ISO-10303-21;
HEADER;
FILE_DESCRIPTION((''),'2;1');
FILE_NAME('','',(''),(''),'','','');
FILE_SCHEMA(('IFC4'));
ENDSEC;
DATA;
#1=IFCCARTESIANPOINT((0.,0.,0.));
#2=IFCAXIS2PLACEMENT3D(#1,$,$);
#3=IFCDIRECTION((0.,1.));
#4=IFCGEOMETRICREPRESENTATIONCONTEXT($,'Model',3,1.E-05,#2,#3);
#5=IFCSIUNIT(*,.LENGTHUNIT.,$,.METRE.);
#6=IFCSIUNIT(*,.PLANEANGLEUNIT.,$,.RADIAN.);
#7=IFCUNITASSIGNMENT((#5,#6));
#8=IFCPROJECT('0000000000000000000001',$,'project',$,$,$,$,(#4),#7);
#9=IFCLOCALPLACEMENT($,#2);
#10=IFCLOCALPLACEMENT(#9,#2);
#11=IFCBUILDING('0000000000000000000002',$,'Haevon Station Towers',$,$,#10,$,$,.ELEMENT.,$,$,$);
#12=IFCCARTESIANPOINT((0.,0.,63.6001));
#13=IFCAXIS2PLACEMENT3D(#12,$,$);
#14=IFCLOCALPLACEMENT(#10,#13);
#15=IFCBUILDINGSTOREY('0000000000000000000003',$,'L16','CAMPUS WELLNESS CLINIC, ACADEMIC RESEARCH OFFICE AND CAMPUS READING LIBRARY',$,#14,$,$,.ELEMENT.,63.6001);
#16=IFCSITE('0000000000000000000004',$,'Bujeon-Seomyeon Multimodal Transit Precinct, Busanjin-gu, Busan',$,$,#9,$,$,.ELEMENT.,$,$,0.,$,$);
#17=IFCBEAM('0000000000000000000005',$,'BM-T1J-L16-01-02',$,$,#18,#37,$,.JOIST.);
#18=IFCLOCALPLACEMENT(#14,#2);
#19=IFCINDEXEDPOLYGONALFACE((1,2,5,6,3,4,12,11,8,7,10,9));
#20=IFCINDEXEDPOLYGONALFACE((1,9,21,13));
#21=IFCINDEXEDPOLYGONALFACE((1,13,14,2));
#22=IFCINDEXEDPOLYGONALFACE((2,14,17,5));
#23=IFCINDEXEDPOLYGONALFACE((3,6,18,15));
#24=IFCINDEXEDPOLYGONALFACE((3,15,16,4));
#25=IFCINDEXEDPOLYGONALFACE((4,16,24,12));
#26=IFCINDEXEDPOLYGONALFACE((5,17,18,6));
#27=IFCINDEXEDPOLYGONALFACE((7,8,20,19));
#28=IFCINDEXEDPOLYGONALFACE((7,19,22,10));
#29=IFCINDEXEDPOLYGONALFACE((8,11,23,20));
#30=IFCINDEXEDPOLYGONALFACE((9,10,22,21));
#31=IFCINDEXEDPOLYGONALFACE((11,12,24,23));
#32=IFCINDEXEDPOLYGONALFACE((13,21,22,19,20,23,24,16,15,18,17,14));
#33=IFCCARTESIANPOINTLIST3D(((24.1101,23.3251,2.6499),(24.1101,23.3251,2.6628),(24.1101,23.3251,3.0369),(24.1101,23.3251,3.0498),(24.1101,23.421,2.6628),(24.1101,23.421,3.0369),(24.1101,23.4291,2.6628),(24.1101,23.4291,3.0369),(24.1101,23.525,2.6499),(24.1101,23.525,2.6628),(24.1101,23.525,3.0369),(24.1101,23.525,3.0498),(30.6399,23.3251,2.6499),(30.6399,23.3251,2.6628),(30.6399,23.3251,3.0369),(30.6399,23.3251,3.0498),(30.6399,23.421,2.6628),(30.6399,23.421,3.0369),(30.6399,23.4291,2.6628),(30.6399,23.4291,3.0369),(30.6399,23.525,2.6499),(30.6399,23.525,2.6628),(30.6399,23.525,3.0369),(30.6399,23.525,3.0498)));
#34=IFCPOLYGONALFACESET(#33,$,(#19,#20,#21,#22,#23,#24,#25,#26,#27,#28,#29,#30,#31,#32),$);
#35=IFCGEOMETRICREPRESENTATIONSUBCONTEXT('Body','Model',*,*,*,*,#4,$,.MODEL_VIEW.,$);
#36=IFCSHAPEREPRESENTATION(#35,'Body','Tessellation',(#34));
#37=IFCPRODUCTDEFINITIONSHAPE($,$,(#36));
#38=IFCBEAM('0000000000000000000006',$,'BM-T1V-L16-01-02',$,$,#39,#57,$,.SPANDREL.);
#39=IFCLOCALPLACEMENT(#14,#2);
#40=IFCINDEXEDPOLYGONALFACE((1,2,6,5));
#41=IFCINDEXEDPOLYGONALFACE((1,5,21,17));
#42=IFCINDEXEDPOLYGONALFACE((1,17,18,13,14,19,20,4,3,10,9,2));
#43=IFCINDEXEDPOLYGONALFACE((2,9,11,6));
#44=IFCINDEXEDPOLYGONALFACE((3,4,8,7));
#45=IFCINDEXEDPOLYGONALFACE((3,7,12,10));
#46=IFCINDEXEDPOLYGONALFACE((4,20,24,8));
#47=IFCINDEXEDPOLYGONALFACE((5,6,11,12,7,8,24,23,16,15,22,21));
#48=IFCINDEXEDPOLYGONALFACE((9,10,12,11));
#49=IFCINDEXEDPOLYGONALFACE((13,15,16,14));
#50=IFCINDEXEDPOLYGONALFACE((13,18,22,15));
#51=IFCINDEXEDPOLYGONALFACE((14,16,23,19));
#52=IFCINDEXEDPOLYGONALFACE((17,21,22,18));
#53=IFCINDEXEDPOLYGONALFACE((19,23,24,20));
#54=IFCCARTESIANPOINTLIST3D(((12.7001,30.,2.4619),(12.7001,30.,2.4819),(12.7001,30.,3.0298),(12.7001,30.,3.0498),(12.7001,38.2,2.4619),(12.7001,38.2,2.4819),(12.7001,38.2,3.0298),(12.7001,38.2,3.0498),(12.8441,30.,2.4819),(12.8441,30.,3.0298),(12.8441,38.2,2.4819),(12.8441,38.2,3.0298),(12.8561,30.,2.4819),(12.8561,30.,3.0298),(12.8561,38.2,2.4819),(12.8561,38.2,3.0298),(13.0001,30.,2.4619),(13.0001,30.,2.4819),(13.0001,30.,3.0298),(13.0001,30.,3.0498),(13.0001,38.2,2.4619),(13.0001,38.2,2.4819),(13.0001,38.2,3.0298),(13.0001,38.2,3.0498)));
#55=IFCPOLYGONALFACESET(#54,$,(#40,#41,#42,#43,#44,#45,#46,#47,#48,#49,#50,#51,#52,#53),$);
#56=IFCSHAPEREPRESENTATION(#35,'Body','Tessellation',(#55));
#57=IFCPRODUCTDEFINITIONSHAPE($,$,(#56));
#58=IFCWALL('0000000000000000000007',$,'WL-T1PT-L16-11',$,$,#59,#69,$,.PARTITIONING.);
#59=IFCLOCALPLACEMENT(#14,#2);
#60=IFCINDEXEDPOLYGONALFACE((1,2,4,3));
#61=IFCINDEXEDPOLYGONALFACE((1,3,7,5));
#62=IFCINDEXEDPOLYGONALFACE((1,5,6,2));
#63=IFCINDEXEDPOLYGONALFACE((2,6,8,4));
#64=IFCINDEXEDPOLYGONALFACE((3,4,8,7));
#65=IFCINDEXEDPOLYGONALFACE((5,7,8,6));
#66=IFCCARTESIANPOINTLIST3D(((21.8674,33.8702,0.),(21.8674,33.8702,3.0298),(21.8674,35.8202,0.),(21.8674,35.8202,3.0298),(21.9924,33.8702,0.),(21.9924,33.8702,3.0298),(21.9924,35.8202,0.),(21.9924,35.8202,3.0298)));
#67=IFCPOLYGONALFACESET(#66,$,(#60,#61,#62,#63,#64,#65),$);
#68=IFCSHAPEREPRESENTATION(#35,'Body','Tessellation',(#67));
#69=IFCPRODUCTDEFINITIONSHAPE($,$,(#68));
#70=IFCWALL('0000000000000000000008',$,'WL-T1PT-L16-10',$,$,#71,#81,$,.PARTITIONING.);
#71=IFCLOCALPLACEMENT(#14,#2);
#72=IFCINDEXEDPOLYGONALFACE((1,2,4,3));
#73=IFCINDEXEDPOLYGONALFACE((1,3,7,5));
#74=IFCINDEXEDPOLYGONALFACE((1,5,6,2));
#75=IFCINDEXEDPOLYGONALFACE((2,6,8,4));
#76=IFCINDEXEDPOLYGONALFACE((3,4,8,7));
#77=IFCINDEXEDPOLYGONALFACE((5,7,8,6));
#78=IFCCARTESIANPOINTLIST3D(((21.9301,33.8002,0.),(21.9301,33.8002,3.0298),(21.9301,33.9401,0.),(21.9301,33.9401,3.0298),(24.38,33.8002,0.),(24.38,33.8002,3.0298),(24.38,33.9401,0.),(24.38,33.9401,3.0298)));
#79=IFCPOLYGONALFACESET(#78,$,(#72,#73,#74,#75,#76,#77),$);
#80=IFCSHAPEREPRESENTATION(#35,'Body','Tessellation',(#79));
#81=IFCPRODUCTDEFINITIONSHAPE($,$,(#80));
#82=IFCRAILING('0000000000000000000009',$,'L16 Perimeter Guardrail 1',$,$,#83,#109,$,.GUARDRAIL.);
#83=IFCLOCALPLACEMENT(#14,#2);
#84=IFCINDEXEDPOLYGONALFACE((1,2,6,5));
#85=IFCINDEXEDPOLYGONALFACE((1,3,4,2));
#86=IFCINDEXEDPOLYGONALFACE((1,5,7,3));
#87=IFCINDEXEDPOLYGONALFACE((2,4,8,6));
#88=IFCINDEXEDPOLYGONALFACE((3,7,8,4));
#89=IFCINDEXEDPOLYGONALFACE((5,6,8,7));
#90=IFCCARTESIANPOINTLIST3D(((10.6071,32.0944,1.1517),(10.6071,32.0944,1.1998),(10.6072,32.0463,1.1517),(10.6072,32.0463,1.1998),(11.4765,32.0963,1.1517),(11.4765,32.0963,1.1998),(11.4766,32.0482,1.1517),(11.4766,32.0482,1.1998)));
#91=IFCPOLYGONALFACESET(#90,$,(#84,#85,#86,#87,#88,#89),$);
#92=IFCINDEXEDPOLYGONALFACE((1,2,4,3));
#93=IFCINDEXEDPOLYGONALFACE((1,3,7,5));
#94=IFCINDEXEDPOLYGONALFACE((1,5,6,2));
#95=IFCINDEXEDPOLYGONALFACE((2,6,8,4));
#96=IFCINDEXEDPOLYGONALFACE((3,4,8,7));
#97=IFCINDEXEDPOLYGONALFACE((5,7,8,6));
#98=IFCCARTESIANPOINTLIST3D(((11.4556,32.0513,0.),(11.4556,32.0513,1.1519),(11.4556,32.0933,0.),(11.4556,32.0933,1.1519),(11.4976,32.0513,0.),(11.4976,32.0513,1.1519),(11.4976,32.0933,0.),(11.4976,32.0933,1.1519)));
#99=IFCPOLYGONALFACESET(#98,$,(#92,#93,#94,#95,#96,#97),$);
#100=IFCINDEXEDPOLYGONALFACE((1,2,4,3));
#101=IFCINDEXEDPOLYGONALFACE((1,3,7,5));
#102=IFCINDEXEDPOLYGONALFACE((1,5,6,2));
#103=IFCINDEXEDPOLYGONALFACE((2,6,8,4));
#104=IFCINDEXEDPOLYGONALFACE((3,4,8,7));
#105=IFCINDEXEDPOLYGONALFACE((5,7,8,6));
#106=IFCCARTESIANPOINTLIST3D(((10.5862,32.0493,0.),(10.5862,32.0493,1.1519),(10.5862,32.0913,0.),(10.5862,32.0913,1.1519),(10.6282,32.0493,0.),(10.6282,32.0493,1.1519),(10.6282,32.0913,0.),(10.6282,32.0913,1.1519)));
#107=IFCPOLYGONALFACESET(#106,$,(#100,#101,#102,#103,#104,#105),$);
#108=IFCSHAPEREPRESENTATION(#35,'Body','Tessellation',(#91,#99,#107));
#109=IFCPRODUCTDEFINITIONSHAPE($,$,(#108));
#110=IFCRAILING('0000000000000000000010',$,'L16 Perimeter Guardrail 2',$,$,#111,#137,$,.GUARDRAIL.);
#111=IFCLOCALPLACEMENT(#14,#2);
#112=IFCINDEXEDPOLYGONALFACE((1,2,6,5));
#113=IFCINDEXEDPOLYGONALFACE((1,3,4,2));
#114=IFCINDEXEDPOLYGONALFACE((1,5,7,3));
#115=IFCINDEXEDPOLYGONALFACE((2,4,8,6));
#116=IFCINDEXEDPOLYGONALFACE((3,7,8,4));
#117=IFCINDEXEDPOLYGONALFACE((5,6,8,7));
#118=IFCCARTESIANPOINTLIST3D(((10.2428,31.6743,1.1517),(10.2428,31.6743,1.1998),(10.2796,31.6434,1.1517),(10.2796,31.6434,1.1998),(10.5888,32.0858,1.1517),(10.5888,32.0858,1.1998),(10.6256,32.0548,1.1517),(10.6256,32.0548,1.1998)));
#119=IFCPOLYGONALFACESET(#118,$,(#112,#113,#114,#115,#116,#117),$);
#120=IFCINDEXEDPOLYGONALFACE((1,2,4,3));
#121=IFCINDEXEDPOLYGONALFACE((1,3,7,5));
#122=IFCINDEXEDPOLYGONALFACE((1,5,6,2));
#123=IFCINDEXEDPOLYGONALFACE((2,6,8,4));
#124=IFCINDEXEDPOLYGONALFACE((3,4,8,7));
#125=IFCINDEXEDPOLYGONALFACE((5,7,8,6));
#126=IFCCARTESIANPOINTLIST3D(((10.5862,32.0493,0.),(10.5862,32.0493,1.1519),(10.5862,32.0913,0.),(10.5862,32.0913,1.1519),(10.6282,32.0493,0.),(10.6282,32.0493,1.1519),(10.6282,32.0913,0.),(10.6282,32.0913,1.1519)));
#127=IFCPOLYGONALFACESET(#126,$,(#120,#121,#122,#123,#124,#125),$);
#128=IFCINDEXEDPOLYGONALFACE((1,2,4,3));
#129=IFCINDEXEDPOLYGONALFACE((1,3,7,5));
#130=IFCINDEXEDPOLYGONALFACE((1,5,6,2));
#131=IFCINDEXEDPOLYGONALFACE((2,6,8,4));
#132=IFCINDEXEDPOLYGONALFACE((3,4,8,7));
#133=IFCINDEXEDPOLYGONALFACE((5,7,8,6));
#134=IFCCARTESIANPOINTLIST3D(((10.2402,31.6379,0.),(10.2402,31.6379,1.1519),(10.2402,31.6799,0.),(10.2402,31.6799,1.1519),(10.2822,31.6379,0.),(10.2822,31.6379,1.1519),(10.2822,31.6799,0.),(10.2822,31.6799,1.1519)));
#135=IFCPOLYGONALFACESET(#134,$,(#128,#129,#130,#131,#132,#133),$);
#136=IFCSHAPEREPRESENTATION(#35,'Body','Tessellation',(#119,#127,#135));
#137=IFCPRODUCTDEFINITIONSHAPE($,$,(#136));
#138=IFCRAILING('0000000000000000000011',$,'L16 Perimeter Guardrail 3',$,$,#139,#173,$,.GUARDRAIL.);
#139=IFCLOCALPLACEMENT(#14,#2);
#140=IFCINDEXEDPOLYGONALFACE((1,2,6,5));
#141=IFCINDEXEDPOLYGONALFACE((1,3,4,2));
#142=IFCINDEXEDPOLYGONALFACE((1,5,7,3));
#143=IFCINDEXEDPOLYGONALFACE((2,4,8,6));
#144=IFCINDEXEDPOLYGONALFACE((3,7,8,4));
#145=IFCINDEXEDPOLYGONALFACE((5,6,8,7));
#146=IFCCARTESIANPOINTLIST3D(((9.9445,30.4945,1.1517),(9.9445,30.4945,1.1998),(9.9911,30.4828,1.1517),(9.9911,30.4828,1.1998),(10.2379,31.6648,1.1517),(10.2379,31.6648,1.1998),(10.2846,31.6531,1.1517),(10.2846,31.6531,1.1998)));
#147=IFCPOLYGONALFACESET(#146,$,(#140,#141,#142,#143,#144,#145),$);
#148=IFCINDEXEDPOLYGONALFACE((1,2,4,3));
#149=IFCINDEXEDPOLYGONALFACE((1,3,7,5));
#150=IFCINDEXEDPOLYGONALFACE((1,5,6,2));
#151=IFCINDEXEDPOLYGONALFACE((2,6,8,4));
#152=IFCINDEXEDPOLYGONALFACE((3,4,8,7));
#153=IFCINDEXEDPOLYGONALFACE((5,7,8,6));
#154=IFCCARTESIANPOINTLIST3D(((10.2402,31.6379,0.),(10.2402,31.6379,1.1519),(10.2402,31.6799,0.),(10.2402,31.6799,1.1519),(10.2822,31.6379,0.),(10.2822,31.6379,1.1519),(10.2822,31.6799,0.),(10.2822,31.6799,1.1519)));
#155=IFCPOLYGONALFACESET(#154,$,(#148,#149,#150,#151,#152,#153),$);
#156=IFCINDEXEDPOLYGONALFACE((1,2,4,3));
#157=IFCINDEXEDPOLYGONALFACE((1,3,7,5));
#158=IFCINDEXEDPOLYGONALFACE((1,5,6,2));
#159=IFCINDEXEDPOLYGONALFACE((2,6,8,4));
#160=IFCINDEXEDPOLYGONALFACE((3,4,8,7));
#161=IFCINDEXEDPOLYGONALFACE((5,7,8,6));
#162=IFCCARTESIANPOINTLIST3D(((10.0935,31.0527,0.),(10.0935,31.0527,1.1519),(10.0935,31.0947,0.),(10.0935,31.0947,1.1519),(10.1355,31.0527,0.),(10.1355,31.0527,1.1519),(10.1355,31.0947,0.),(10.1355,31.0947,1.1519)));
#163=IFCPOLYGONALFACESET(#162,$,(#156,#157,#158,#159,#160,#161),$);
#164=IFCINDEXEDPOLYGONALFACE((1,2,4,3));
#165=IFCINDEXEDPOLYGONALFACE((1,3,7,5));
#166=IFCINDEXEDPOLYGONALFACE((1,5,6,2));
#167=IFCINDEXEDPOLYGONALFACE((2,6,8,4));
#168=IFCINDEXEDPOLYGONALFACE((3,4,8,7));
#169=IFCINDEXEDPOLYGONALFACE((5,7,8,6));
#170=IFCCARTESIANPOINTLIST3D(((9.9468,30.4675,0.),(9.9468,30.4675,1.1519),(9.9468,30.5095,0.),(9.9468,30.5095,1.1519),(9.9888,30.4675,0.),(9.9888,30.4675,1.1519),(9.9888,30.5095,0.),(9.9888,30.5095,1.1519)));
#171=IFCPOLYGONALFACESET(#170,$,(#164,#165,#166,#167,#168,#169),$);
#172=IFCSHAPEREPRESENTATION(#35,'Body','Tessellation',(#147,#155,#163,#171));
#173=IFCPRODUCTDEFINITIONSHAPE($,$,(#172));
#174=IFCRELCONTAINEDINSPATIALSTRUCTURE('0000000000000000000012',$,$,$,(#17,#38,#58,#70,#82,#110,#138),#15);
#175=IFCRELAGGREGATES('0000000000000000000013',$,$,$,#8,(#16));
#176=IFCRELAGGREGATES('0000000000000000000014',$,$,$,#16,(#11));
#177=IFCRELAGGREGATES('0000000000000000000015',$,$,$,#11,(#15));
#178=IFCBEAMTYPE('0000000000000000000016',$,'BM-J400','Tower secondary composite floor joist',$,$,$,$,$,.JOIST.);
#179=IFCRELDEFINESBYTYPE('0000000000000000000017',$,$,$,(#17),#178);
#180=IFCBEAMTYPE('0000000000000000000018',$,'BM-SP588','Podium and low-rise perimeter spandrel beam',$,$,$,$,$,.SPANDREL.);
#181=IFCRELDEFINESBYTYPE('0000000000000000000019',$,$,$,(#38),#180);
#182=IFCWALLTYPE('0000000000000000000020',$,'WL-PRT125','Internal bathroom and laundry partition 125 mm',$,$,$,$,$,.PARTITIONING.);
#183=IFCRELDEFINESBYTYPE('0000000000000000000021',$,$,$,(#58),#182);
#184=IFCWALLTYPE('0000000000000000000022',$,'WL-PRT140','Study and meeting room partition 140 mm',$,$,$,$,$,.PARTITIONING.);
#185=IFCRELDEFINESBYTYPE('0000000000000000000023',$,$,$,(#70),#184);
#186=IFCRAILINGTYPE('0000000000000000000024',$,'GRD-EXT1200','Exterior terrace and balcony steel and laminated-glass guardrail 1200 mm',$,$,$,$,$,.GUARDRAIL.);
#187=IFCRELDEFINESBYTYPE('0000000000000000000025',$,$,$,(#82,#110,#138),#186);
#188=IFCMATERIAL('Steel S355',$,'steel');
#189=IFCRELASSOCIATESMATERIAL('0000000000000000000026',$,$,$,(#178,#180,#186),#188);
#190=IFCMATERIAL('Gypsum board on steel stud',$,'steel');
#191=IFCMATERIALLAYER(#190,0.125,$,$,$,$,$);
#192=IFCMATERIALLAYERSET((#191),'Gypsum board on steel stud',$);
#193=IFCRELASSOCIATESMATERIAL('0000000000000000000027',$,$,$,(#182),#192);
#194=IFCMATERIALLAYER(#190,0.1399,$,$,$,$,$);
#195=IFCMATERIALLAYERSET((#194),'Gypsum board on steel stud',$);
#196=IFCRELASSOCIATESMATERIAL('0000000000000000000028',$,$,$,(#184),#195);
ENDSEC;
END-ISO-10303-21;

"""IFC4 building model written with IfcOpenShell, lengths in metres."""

from ifc_helpers import new_model, si_unit, direction, frame, frame_2d, origin, origin_2d, place, context, subcontext, project, spatial, rectangle, i_section, extrude, material, layer, layer_set, material_profile, profile_set, type_object, element, save


model = new_model("IFC4")

# Units and contexts
model_context = context("Model", 3, precision=1e-05, world=origin(), true_north=direction((0.0, 1.0)))
body_context = subcontext(model_context, "Body", "Model", "MODEL_VIEW")
ifc_project = project(units=[si_unit("LENGTHUNIT", "METRE"), si_unit("PLANEANGLEUNIT", "RADIAN")], contexts=[model_context])

# Site, building, storey
site_placement = place(None, origin())
site = spatial("IfcSite", under=ifc_project, at=site_placement, Name="Bujeon-Seomyeon Multimodal Transit Precinct, Busanjin-gu, Busan", CompositionType="ELEMENT", RefElevation=0.0)
building_placement = place(site_placement, origin())
building = spatial("IfcBuilding", under=site, at=building_placement, Name="Haevon Station Towers", CompositionType="ELEMENT")
storey_placement = place(building_placement, frame((0.0, 0.0, 63.6001)))
storey = spatial("IfcBuildingStorey", under=building, at=storey_placement, Name="L16", Description="CAMPUS WELLNESS CLINIC, ACADEMIC RESEARCH OFFICE AND CAMPUS READING LIBRARY", CompositionType="ELEMENT", Elevation=63.6001)

# Beams
ifc_material_1 = material(Name="Steel S355", Category="steel")
ifc_material_profile_1 = material_profile(ifc_material_1, i_section(OverallWidth=0.2, OverallDepth=0.3999, WebThickness=0.0081, FlangeThickness=0.0129, at=origin_2d()), Name="H-400x200x8x13")
ifc_profile_set_1 = profile_set([ifc_material_profile_1], Name="Steel S355")
beam_type_1 = type_object("IfcBeamType", Name="BM-J400", Description="Tower secondary composite floor joist", PredefinedType="JOIST", material=ifc_profile_set_1)
beam_1_placement = place(storey_placement, frame((24.1101, 23.425, 2.8499), z_axis=(1.0, 0.0, 0.0), x_axis=(0.0, 1.0, 0.0)))
element("IfcBeam", 1, at=beam_1_placement, inside=storey, type_object=beam_type_1, Name="BM-T1J-L16-01-02", PredefinedType="JOIST", context=body_context, shape_type="SweptSolid", body=[
    extrude(i_section(OverallWidth=0.2, OverallDepth=0.3999, WebThickness=0.0081, FlangeThickness=0.0129, at=origin_2d()), origin(), (0.0, 0.0, 1.0), 6.5298),
])
ifc_material_profile_2 = material_profile(ifc_material_1, i_section(OverallWidth=0.3, OverallDepth=0.5879, WebThickness=0.012, FlangeThickness=0.02, at=origin_2d()), Name="H-588x300x12x20")
ifc_profile_set_2 = profile_set([ifc_material_profile_2], Name="Steel S355")
beam_type_2 = type_object("IfcBeamType", Name="BM-SP588", Description="Podium and low-rise perimeter spandrel beam", PredefinedType="SPANDREL", material=ifc_profile_set_2)
beam_2_placement = place(storey_placement, frame((12.8501, 30.0, 2.7559), z_axis=(0.0, 1.0, 0.0), x_axis=(-1.0, 0.0, 0.0)))
element("IfcBeam", 2, at=beam_2_placement, inside=storey, type_object=beam_type_2, Name="BM-T1V-L16-01-02", PredefinedType="SPANDREL", context=body_context, shape_type="SweptSolid", body=[
    extrude(i_section(OverallWidth=0.3, OverallDepth=0.5879, WebThickness=0.012, FlangeThickness=0.02, at=origin_2d()), origin(), (0.0, 0.0, 1.0), 8.2),
])

# Walls
ifc_material_2 = material(Name="Gypsum board on steel stud", Category="steel")
ifc_layer_1 = layer(ifc_material_2, 0.125)
ifc_layer_set_1 = layer_set([ifc_layer_1], Name="Gypsum board on steel stud")
wall_type_1 = type_object("IfcWallType", Name="WL-PRT125", Description="Internal bathroom and laundry partition 125 mm", PredefinedType="PARTITIONING", material=ifc_layer_set_1)
wall_1_placement = place(storey_placement, frame((21.9299, 33.8701, 0.0), z_axis=(0.0, 0.0, 1.0), x_axis=(0.0, 1.0, 0.0)))
element("IfcWall", 3, at=wall_1_placement, inside=storey, type_object=wall_type_1, Name="WL-T1PT-L16-11", PredefinedType="PARTITIONING", context=body_context, shape_type="SweptSolid", body=[
    extrude(rectangle(XDim=1.95, YDim=0.125, at=frame_2d((0.9751, 0.0))), origin(), (0.0, 0.0, 1.0), 3.0298),
])
ifc_layer_2 = layer(ifc_material_2, 0.1399)
ifc_layer_set_2 = layer_set([ifc_layer_2], Name="Gypsum board on steel stud")
wall_type_2 = type_object("IfcWallType", Name="WL-PRT140", Description="Study and meeting room partition 140 mm", PredefinedType="PARTITIONING", material=ifc_layer_set_2)
wall_2_placement = place(storey_placement, frame((21.9299, 33.8701, 0.0), z_axis=(0.0, 0.0, 1.0), x_axis=(1.0, 0.0, 0.0)))
element("IfcWall", 4, at=wall_2_placement, inside=storey, type_object=wall_type_2, Name="WL-T1PT-L16-10", PredefinedType="PARTITIONING", context=body_context, shape_type="SweptSolid", body=[
    extrude(rectangle(XDim=2.45, YDim=0.1399, at=frame_2d((1.2251, 0.0))), origin(), (0.0, 0.0, 1.0), 3.0298),
])

# Railings
railing_type = type_object("IfcRailingType", Name="GRD-EXT1200", Description="Exterior terrace and balcony steel and laminated-glass guardrail 1200 mm", PredefinedType="GUARDRAIL", material=ifc_material_1)
railing_1_placement = place(storey_placement, frame((11.4766, 32.0723, 0.0)))
element("IfcRailing", 5, at=railing_1_placement, inside=storey, type_object=railing_type, Name="L16 Perimeter Guardrail 1", PredefinedType="GUARDRAIL", context=body_context, shape_type="SweptSolid", body=[
    extrude(rectangle(XDim=0.0481, YDim=0.0481, at=origin_2d()), frame((0.0, 0.0, 1.1758), z_axis=(-0.999997, -0.002247, 0.0), x_axis=(0.002247, -0.999997, 0.0)), (0.0, 0.0, 1.0), 0.8694),
    extrude(rectangle(XDim=0.042, YDim=0.042, at=origin_2d()), origin(), (0.0, 0.0, 1.0), 1.1519),
    extrude(rectangle(XDim=0.042, YDim=0.042, at=origin_2d()), frame((-0.8694, -0.002, 0.0)), (0.0, 0.0, 1.0), 1.1519),
])
railing_2_placement = place(storey_placement, frame((10.6072, 32.0703, 0.0)))
element("IfcRailing", 6, at=railing_2_placement, inside=storey, type_object=railing_type, Name="L16 Perimeter Guardrail 2", PredefinedType="GUARDRAIL", context=body_context, shape_type="SweptSolid", body=[
    extrude(rectangle(XDim=0.0481, YDim=0.0481, at=origin_2d()), frame((0.0, 0.0, 1.1758), z_axis=(-0.643618, -0.765347, 0.0), x_axis=(0.765347, -0.643618, 0.0)), (0.0, 0.0, 1.0), 0.5376),
    extrude(rectangle(XDim=0.042, YDim=0.042, at=origin_2d()), origin(), (0.0, 0.0, 1.0), 1.1519),
    extrude(rectangle(XDim=0.042, YDim=0.042, at=origin_2d()), frame((-0.3459, -0.4114, 0.0)), (0.0, 0.0, 1.0), 1.1519),
])
railing_3_placement = place(storey_placement, frame((10.2612, 31.6589, 0.0)))
element("IfcRailing", 7, at=railing_3_placement, inside=storey, type_object=railing_type, Name="L16 Perimeter Guardrail 3", PredefinedType="GUARDRAIL", context=body_context, shape_type="SweptSolid", body=[
    extrude(rectangle(XDim=0.0481, YDim=0.0481, at=origin_2d()), frame((0.0, 0.0, 1.1758), z_axis=(-0.243202, -0.969976, 0.0), x_axis=(0.969976, -0.243202, 0.0)), (0.0, 0.0, 1.0), 1.2065),
    extrude(rectangle(XDim=0.042, YDim=0.042, at=origin_2d()), origin(), (0.0, 0.0, 1.0), 1.1519),
    extrude(rectangle(XDim=0.042, YDim=0.042, at=origin_2d()), frame((-0.1467, -0.5852, 0.0)), (0.0, 0.0, 1.0), 1.1519),
    extrude(rectangle(XDim=0.042, YDim=0.042, at=origin_2d()), frame((-0.2935, -1.1704, 0.0)), (0.0, 0.0, 1.0), 1.1519),
])

save(model, "model.ifc")
